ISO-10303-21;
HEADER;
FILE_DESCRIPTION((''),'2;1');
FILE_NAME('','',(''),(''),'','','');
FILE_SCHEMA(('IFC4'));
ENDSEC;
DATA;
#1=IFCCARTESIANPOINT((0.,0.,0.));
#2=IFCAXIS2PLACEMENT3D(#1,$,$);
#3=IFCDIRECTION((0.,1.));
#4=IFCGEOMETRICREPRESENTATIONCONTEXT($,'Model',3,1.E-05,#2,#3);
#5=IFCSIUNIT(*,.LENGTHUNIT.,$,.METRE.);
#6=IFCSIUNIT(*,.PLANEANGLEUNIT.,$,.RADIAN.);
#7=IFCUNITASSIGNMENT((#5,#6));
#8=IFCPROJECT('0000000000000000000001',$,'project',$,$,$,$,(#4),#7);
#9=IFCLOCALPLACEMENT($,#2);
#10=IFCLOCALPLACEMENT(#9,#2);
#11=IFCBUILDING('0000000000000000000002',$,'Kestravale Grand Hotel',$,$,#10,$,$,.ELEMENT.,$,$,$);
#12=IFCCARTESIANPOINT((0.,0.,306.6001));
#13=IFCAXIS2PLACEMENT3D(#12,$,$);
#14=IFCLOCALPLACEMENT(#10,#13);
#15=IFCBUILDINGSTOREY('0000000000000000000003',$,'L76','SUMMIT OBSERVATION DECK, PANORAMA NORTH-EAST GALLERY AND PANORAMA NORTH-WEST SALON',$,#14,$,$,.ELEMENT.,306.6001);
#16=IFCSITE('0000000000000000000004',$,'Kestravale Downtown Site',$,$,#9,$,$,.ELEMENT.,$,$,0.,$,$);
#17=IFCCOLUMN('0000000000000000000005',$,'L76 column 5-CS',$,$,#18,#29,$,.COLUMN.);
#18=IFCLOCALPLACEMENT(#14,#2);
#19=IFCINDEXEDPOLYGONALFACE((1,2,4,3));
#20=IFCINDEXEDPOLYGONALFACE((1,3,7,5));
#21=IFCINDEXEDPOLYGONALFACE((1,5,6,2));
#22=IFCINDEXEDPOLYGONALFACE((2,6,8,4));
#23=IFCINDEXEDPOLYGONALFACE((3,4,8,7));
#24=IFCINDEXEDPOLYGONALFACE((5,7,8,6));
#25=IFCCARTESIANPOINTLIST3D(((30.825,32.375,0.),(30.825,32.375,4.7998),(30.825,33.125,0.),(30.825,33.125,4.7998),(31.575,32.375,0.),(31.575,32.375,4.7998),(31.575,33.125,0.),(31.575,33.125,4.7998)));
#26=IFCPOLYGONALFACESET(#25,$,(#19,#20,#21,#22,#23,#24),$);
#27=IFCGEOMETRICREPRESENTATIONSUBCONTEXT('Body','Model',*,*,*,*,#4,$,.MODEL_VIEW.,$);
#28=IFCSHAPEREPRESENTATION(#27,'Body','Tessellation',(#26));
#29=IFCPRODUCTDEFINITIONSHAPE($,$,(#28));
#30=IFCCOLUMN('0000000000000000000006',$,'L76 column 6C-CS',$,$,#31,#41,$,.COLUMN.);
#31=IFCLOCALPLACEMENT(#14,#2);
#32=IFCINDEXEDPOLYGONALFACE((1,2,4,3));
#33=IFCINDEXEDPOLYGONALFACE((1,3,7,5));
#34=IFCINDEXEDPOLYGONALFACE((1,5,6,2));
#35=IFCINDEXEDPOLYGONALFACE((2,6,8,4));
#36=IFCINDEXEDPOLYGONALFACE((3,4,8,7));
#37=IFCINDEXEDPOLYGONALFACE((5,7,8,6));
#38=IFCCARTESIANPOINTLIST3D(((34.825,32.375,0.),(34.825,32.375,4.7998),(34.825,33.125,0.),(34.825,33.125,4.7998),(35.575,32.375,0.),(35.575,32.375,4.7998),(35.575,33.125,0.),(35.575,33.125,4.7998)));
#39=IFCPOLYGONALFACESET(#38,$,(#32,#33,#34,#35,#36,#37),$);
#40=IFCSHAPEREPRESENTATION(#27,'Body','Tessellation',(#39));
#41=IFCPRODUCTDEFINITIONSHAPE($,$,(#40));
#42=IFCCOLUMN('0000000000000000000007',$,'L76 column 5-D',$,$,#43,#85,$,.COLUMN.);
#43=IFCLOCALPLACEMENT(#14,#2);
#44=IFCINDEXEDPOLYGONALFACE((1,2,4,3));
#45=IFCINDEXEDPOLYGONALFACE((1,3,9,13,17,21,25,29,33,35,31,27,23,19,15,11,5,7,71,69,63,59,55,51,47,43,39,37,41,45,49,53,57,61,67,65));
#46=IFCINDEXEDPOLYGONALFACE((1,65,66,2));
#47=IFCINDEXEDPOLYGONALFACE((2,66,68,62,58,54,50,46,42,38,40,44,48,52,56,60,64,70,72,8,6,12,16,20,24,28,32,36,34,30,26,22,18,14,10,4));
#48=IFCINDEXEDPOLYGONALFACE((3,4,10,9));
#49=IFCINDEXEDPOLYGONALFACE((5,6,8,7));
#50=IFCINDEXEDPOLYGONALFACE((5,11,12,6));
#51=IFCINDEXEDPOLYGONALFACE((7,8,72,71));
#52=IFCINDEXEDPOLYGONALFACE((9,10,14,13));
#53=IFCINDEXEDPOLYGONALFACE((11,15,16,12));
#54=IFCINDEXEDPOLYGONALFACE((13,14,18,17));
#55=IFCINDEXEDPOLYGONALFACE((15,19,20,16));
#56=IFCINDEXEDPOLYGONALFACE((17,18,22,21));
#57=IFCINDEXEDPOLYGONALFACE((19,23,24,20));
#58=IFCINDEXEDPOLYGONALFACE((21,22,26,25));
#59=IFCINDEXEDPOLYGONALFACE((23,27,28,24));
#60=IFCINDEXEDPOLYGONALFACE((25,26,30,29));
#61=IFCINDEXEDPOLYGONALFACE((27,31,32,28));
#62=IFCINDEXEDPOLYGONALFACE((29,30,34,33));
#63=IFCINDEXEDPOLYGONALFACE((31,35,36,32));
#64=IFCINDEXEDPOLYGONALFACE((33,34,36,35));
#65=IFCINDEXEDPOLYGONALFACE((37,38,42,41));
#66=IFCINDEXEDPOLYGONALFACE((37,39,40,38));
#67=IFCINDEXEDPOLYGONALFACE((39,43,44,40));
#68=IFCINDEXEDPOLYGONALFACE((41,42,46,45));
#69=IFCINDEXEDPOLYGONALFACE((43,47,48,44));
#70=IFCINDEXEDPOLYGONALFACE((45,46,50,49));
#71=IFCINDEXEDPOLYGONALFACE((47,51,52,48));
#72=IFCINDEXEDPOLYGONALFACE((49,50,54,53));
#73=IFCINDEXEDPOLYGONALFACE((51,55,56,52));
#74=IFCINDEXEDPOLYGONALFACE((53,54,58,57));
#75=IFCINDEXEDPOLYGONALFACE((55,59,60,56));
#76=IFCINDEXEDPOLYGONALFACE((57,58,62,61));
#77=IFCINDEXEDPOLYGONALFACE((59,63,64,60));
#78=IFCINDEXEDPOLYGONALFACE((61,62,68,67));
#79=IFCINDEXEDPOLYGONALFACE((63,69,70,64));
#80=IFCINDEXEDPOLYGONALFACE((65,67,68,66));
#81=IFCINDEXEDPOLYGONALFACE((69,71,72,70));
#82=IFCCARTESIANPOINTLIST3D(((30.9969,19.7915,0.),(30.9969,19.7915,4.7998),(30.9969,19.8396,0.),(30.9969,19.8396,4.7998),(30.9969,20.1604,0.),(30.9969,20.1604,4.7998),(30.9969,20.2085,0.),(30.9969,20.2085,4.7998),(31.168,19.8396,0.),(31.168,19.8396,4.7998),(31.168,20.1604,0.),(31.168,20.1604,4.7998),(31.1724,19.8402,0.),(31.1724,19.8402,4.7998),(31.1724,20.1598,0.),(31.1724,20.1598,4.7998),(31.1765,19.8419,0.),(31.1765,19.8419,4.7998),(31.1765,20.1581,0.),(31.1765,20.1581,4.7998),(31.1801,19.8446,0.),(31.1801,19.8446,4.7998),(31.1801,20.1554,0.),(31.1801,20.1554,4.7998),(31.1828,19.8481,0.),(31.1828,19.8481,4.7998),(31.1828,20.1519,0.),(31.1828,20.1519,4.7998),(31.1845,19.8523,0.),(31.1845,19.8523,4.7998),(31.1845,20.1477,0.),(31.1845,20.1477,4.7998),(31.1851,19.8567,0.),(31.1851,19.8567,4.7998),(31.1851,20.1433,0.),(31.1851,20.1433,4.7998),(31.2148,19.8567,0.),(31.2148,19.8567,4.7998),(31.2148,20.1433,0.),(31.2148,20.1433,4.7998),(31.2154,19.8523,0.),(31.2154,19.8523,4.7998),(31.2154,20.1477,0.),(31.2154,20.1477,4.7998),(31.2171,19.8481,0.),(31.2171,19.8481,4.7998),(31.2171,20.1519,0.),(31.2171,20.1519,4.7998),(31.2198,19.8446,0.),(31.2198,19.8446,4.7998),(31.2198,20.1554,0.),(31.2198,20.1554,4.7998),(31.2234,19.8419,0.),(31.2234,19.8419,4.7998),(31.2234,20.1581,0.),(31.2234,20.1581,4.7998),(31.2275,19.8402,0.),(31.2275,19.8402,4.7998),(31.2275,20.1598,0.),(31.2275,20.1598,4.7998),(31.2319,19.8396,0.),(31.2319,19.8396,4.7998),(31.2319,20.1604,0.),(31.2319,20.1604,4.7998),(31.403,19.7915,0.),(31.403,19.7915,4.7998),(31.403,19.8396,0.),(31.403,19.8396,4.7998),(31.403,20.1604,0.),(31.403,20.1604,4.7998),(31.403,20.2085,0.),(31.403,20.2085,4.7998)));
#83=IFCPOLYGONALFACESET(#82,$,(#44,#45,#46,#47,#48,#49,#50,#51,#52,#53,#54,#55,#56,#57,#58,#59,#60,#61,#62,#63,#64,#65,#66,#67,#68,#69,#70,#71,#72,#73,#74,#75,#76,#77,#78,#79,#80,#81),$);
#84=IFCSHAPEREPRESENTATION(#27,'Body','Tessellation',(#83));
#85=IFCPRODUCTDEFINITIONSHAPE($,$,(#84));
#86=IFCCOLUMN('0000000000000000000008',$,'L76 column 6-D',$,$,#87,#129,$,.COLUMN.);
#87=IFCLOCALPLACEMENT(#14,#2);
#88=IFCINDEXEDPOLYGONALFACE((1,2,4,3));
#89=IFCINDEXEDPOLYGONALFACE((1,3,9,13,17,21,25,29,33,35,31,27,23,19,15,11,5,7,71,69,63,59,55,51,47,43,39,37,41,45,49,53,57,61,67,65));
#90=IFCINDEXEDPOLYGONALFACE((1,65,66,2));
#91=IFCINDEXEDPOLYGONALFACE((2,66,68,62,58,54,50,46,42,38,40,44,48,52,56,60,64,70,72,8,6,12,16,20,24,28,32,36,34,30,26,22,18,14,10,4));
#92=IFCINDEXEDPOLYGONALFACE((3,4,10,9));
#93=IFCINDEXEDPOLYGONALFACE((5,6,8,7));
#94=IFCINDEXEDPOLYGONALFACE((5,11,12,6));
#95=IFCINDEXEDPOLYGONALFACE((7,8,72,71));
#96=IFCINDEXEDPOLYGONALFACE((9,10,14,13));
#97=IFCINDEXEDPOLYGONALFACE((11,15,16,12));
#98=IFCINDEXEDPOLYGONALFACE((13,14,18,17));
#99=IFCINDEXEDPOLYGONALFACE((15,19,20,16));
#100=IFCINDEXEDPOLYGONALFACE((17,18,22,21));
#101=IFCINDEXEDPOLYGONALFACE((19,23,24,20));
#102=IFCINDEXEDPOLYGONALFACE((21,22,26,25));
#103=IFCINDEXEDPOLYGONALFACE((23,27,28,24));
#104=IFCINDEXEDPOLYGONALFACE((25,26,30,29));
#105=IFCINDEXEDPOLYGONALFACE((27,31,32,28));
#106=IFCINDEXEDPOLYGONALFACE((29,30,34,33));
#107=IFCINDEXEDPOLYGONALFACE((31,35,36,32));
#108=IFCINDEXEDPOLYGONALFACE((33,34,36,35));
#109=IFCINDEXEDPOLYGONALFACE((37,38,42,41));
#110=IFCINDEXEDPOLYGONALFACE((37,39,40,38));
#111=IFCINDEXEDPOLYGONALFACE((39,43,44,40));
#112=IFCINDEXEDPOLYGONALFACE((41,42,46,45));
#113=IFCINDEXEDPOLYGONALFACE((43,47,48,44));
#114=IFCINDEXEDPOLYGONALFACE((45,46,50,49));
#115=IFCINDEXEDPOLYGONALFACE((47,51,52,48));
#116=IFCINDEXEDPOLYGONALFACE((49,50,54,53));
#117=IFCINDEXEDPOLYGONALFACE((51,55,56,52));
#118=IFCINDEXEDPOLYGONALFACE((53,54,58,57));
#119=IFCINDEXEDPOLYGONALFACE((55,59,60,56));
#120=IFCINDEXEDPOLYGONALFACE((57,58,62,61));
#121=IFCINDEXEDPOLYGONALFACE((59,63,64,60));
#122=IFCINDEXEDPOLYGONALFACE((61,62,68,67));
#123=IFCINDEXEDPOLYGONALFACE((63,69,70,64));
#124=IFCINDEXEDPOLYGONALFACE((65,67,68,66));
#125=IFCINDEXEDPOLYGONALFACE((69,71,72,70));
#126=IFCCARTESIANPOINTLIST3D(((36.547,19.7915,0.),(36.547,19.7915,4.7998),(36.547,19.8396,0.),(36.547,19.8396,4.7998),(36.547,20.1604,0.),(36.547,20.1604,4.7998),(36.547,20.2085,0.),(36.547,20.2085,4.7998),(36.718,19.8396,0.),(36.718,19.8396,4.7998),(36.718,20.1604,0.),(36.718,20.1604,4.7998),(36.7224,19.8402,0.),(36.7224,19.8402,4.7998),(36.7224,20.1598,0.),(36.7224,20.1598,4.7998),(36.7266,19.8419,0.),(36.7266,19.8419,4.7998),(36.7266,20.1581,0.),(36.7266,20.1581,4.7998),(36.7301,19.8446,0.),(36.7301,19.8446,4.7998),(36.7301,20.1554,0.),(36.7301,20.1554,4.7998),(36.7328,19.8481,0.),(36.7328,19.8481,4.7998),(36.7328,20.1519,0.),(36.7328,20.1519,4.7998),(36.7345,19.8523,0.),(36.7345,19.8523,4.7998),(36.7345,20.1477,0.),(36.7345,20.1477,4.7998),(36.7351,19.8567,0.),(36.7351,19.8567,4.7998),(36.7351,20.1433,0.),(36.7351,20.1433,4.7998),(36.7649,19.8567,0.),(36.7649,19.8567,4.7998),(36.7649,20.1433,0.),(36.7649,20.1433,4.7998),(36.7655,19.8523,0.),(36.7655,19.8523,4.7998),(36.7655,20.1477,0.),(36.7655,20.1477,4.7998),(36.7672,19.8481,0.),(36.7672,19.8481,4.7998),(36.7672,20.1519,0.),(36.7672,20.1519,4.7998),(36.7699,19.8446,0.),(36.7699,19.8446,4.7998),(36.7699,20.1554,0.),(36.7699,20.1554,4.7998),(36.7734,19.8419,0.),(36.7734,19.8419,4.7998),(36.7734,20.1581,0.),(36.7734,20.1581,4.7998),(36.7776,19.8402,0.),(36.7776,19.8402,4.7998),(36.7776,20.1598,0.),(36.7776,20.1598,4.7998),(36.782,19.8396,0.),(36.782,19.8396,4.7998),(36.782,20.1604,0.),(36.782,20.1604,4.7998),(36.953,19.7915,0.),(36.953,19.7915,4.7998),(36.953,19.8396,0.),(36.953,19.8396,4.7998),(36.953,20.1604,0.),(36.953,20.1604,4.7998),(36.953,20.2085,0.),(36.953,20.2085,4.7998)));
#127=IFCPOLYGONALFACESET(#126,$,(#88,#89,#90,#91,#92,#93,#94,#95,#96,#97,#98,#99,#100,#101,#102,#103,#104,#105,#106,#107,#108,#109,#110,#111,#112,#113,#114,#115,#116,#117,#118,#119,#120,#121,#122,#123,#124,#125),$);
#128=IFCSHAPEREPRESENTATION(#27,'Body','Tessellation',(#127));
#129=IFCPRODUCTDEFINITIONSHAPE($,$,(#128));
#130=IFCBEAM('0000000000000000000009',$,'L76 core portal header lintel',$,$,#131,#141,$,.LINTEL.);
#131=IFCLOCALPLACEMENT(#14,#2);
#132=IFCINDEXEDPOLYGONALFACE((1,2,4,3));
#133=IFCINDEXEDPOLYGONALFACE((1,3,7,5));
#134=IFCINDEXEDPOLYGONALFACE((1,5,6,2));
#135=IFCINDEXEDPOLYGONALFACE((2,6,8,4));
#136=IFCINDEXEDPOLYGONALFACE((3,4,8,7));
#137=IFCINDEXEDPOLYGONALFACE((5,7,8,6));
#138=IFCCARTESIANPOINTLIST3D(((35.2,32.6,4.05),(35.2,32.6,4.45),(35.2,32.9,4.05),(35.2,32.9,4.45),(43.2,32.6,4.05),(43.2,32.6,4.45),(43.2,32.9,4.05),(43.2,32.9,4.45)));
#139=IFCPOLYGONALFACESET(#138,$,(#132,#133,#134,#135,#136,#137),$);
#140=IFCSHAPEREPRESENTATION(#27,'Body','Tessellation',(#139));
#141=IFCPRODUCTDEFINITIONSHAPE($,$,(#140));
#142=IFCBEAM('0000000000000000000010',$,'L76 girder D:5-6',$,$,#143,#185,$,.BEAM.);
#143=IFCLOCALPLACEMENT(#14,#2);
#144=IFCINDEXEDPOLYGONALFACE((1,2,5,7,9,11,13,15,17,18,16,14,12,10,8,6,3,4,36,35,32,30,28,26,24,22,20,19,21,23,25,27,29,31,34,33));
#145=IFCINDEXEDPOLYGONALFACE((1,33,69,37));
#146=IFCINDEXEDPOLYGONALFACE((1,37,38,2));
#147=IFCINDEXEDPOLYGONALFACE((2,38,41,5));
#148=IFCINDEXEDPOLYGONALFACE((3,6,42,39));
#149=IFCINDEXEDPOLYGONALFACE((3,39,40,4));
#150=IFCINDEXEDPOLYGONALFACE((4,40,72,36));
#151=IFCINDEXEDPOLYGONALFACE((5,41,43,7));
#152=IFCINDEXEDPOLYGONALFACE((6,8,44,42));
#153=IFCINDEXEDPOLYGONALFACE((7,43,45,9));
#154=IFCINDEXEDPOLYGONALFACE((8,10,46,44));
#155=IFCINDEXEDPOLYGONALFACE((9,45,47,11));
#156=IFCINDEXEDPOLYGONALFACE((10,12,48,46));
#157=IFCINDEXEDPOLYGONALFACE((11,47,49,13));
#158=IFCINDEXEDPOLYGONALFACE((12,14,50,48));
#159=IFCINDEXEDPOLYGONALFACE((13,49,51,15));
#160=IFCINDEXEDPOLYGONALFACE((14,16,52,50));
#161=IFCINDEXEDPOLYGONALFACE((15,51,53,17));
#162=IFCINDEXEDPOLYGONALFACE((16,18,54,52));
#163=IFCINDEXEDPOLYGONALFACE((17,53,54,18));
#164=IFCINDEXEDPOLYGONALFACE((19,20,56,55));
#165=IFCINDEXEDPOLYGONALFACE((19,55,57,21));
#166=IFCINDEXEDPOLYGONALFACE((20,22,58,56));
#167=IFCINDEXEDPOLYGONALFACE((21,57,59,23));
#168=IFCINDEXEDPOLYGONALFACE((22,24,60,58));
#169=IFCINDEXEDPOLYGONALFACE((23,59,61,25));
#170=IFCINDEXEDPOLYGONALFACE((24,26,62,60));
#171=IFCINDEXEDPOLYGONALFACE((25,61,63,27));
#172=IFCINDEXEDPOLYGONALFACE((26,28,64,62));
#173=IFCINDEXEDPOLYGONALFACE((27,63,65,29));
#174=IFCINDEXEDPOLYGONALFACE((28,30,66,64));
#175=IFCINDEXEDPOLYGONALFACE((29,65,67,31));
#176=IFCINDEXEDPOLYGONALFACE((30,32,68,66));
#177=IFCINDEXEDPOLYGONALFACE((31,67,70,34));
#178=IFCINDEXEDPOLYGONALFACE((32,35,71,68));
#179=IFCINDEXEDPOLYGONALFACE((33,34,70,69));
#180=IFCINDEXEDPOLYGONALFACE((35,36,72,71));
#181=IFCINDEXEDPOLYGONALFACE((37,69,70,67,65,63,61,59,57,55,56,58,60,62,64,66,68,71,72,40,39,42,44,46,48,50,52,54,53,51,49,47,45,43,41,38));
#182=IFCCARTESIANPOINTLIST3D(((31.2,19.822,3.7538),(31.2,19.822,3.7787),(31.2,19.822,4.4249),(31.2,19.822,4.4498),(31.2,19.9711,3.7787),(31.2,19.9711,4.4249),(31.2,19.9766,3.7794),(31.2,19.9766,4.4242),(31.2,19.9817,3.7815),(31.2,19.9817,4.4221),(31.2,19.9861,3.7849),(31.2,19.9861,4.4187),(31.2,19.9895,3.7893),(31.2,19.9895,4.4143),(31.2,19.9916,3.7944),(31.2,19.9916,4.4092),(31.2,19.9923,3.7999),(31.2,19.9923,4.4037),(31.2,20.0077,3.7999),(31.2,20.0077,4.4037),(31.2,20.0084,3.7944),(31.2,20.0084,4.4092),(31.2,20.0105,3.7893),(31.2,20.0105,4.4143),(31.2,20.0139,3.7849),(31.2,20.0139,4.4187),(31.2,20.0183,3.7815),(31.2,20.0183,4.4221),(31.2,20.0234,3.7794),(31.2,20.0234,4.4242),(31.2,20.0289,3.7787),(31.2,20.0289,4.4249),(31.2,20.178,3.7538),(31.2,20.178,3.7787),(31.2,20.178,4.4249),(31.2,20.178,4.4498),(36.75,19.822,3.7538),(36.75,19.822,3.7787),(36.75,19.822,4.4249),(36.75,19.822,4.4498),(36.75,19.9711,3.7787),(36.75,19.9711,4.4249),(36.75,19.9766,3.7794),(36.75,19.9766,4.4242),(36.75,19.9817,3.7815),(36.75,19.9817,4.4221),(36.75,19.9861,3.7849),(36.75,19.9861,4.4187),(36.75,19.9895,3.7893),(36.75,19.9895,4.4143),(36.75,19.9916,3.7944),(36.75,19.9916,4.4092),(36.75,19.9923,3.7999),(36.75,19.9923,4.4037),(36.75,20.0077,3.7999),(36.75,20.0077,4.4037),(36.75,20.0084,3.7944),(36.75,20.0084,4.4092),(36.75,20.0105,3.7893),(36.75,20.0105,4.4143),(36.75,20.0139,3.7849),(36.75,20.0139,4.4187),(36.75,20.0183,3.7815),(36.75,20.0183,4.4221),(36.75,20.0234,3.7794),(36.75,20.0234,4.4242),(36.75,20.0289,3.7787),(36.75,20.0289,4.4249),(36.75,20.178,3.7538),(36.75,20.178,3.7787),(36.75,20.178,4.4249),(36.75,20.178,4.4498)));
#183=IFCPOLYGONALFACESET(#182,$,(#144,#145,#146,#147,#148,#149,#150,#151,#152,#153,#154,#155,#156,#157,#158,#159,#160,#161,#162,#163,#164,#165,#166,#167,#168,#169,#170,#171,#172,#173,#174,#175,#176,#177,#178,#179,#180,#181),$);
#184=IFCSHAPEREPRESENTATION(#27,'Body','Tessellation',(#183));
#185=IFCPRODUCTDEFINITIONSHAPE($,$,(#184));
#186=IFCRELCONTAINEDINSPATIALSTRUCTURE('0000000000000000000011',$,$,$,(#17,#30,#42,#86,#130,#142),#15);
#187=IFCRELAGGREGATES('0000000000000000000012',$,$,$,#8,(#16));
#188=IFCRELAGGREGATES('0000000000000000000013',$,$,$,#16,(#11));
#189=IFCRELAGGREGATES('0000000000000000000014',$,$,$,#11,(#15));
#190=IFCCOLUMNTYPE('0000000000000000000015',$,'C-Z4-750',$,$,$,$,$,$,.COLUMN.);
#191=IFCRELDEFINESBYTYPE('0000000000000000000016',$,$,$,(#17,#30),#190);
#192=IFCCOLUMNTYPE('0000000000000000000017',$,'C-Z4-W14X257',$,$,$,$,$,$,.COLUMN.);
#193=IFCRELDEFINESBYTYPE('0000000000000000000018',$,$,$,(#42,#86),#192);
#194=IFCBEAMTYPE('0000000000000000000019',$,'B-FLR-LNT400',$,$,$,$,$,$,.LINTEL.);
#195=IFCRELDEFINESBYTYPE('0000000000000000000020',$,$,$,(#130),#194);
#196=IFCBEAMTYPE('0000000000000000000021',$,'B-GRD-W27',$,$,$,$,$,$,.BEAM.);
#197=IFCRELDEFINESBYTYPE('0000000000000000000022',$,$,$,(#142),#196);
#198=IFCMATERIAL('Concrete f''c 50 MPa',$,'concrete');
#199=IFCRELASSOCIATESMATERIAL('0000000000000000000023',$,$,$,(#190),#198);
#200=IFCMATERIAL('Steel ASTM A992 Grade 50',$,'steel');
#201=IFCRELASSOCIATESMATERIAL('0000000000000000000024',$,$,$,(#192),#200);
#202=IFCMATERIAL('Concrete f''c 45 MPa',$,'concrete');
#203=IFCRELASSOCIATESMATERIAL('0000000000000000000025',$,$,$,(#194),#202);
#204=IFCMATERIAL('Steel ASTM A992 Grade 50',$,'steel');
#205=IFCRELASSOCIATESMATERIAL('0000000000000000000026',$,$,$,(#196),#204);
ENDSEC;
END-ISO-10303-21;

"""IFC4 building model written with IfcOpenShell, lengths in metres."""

from ifc_helpers import new_model, si_unit, direction, frame, origin, origin_2d, place, context, subcontext, project, spatial, rectangle, i_section, extrude, material, material_profile, profile_set, type_object, element, save


model = new_model("IFC4")

# Units and contexts
model_context = context("Model", 3, precision=1e-05, world=origin(), true_north=direction((0.0, 1.0)))
body_context = subcontext(model_context, "Body", "Model", "MODEL_VIEW")
ifc_project = project(units=[si_unit("LENGTHUNIT", "METRE"), si_unit("PLANEANGLEUNIT", "RADIAN")], contexts=[model_context])

# Site, building, storey
site_placement = place(None, origin())
site = spatial("IfcSite", under=ifc_project, at=site_placement, Name="Kestravale Downtown Site", CompositionType="ELEMENT", RefElevation=0.0)
building_placement = place(site_placement, origin())
building = spatial("IfcBuilding", under=site, at=building_placement, Name="Kestravale Grand Hotel", CompositionType="ELEMENT")
storey_placement = place(building_placement, frame((0.0, 0.0, 306.6001)))
storey = spatial("IfcBuildingStorey", under=building, at=storey_placement, Name="L76", Description="SUMMIT OBSERVATION DECK, PANORAMA NORTH-EAST GALLERY AND PANORAMA NORTH-WEST SALON", CompositionType="ELEMENT", Elevation=306.6001)

# Columns
ifc_material_1 = material(Name="Concrete f'c 50 MPa", Category="concrete")
ifc_material_profile_1 = material_profile(ifc_material_1, rectangle(XDim=0.75, YDim=0.75, at=origin_2d()))
ifc_profile_set_1 = profile_set([ifc_material_profile_1], Name="Concrete f'c 50 MPa")
column_type_1 = type_object("IfcColumnType", Name="C-Z4-750", PredefinedType="COLUMN", material=ifc_profile_set_1)
for number, where, z_axis, x_axis, name in (
    (1, (31.2, 32.75, 0.0), (0.0, 0.0, 1.0), (1.0, 0.0, 0.0), "L76 column 5-CS"),
    (2, (35.2, 32.75, 0.0), (0.0, 0.0, 1.0), (1.0, 0.0, 0.0), "L76 column 6C-CS"),
):
    element("IfcColumn", number, at=place(storey_placement, frame(where, z_axis=z_axis, x_axis=x_axis)), inside=storey, type_object=column_type_1, Name=name, PredefinedType="COLUMN", context=body_context, shape_type="SweptSolid", body=[
        extrude(rectangle(XDim=0.75, YDim=0.75, at=origin_2d()), origin(), (0.0, 0.0, 1.0), 4.7998),
    ])
ifc_material_2 = material(Name="Steel ASTM A992 Grade 50", Category="steel")
ifc_material_profile_2 = material_profile(ifc_material_2, i_section(OverallWidth=0.406, OverallDepth=0.417, WebThickness=0.0298, FlangeThickness=0.0481, FilletRadius=0.0171, at=origin_2d()))
ifc_profile_set_2 = profile_set([ifc_material_profile_2], Name="Steel ASTM A992 Grade 50")
column_type_2 = type_object("IfcColumnType", Name="C-Z4-W14X257", PredefinedType="COLUMN", material=ifc_profile_set_2)
for number, where, z_axis, x_axis, name in (
    (3, (31.2, 20.0, 0.0), (0.0, 0.0, 1.0), (1.0, 0.0, 0.0), "L76 column 5-D"),
    (4, (36.75, 20.0, 0.0), (0.0, 0.0, 1.0), (1.0, 0.0, 0.0), "L76 column 6-D"),
):
    element("IfcColumn", number, at=place(storey_placement, frame(where, z_axis=z_axis, x_axis=x_axis)), inside=storey, type_object=column_type_2, Name=name, PredefinedType="COLUMN", context=body_context, shape_type="SweptSolid", body=[
        extrude(i_section(OverallWidth=0.406, OverallDepth=0.417, WebThickness=0.0298, FlangeThickness=0.0481, FilletRadius=0.0171, at=origin_2d()), origin(), (0.0, 0.0, 1.0), 4.7998),
    ])

# Beams
ifc_material_3 = material(Name="Concrete f'c 45 MPa", Category="concrete")
ifc_material_profile_3 = material_profile(ifc_material_3, rectangle(XDim=0.3, YDim=0.3999, at=origin_2d()))
ifc_profile_set_3 = profile_set([ifc_material_profile_3], Name="Concrete f'c 45 MPa")
beam_type_1 = type_object("IfcBeamType", Name="B-FLR-LNT400", PredefinedType="LINTEL", material=ifc_profile_set_3)
beam_1_placement = place(storey_placement, frame((35.2, 32.75, 4.25), z_axis=(1.0, 0.0, 0.0), x_axis=(0.0, 1.0, 0.0)))
element("IfcBeam", 5, at=beam_1_placement, inside=storey, type_object=beam_type_1, Name="L76 core portal header lintel", PredefinedType="LINTEL", context=body_context, shape_type="SweptSolid", body=[
    extrude(rectangle(XDim=0.3, YDim=0.3999, at=origin_2d()), origin(), (0.0, 0.0, 1.0), 8.0),
])
ifc_material_4 = material(Name="Steel ASTM A992 Grade 50", Category="steel")
ifc_material_profile_4 = material_profile(ifc_material_4, i_section(OverallWidth=0.356, OverallDepth=0.696, WebThickness=0.0154, FlangeThickness=0.0249, FilletRadius=0.0212, at=origin_2d()))
ifc_profile_set_4 = profile_set([ifc_material_profile_4], Name="Steel ASTM A992 Grade 50")
beam_type_2 = type_object("IfcBeamType", Name="B-GRD-W27", PredefinedType="BEAM", material=ifc_profile_set_4)
beam_2_placement = place(storey_placement, frame((31.2, 20.0, 4.1018), z_axis=(1.0, 0.0, 0.0), x_axis=(0.0, 1.0, 0.0)))
element("IfcBeam", 6, at=beam_2_placement, inside=storey, type_object=beam_type_2, Name="L76 girder D:5-6", PredefinedType="BEAM", context=body_context, shape_type="SweptSolid", body=[
    extrude(i_section(OverallWidth=0.356, OverallDepth=0.696, WebThickness=0.0154, FlangeThickness=0.0249, FilletRadius=0.0212, at=origin_2d()), origin(), (0.0, 0.0, 1.0), 5.55),
])

save(model, "model.ifc")
